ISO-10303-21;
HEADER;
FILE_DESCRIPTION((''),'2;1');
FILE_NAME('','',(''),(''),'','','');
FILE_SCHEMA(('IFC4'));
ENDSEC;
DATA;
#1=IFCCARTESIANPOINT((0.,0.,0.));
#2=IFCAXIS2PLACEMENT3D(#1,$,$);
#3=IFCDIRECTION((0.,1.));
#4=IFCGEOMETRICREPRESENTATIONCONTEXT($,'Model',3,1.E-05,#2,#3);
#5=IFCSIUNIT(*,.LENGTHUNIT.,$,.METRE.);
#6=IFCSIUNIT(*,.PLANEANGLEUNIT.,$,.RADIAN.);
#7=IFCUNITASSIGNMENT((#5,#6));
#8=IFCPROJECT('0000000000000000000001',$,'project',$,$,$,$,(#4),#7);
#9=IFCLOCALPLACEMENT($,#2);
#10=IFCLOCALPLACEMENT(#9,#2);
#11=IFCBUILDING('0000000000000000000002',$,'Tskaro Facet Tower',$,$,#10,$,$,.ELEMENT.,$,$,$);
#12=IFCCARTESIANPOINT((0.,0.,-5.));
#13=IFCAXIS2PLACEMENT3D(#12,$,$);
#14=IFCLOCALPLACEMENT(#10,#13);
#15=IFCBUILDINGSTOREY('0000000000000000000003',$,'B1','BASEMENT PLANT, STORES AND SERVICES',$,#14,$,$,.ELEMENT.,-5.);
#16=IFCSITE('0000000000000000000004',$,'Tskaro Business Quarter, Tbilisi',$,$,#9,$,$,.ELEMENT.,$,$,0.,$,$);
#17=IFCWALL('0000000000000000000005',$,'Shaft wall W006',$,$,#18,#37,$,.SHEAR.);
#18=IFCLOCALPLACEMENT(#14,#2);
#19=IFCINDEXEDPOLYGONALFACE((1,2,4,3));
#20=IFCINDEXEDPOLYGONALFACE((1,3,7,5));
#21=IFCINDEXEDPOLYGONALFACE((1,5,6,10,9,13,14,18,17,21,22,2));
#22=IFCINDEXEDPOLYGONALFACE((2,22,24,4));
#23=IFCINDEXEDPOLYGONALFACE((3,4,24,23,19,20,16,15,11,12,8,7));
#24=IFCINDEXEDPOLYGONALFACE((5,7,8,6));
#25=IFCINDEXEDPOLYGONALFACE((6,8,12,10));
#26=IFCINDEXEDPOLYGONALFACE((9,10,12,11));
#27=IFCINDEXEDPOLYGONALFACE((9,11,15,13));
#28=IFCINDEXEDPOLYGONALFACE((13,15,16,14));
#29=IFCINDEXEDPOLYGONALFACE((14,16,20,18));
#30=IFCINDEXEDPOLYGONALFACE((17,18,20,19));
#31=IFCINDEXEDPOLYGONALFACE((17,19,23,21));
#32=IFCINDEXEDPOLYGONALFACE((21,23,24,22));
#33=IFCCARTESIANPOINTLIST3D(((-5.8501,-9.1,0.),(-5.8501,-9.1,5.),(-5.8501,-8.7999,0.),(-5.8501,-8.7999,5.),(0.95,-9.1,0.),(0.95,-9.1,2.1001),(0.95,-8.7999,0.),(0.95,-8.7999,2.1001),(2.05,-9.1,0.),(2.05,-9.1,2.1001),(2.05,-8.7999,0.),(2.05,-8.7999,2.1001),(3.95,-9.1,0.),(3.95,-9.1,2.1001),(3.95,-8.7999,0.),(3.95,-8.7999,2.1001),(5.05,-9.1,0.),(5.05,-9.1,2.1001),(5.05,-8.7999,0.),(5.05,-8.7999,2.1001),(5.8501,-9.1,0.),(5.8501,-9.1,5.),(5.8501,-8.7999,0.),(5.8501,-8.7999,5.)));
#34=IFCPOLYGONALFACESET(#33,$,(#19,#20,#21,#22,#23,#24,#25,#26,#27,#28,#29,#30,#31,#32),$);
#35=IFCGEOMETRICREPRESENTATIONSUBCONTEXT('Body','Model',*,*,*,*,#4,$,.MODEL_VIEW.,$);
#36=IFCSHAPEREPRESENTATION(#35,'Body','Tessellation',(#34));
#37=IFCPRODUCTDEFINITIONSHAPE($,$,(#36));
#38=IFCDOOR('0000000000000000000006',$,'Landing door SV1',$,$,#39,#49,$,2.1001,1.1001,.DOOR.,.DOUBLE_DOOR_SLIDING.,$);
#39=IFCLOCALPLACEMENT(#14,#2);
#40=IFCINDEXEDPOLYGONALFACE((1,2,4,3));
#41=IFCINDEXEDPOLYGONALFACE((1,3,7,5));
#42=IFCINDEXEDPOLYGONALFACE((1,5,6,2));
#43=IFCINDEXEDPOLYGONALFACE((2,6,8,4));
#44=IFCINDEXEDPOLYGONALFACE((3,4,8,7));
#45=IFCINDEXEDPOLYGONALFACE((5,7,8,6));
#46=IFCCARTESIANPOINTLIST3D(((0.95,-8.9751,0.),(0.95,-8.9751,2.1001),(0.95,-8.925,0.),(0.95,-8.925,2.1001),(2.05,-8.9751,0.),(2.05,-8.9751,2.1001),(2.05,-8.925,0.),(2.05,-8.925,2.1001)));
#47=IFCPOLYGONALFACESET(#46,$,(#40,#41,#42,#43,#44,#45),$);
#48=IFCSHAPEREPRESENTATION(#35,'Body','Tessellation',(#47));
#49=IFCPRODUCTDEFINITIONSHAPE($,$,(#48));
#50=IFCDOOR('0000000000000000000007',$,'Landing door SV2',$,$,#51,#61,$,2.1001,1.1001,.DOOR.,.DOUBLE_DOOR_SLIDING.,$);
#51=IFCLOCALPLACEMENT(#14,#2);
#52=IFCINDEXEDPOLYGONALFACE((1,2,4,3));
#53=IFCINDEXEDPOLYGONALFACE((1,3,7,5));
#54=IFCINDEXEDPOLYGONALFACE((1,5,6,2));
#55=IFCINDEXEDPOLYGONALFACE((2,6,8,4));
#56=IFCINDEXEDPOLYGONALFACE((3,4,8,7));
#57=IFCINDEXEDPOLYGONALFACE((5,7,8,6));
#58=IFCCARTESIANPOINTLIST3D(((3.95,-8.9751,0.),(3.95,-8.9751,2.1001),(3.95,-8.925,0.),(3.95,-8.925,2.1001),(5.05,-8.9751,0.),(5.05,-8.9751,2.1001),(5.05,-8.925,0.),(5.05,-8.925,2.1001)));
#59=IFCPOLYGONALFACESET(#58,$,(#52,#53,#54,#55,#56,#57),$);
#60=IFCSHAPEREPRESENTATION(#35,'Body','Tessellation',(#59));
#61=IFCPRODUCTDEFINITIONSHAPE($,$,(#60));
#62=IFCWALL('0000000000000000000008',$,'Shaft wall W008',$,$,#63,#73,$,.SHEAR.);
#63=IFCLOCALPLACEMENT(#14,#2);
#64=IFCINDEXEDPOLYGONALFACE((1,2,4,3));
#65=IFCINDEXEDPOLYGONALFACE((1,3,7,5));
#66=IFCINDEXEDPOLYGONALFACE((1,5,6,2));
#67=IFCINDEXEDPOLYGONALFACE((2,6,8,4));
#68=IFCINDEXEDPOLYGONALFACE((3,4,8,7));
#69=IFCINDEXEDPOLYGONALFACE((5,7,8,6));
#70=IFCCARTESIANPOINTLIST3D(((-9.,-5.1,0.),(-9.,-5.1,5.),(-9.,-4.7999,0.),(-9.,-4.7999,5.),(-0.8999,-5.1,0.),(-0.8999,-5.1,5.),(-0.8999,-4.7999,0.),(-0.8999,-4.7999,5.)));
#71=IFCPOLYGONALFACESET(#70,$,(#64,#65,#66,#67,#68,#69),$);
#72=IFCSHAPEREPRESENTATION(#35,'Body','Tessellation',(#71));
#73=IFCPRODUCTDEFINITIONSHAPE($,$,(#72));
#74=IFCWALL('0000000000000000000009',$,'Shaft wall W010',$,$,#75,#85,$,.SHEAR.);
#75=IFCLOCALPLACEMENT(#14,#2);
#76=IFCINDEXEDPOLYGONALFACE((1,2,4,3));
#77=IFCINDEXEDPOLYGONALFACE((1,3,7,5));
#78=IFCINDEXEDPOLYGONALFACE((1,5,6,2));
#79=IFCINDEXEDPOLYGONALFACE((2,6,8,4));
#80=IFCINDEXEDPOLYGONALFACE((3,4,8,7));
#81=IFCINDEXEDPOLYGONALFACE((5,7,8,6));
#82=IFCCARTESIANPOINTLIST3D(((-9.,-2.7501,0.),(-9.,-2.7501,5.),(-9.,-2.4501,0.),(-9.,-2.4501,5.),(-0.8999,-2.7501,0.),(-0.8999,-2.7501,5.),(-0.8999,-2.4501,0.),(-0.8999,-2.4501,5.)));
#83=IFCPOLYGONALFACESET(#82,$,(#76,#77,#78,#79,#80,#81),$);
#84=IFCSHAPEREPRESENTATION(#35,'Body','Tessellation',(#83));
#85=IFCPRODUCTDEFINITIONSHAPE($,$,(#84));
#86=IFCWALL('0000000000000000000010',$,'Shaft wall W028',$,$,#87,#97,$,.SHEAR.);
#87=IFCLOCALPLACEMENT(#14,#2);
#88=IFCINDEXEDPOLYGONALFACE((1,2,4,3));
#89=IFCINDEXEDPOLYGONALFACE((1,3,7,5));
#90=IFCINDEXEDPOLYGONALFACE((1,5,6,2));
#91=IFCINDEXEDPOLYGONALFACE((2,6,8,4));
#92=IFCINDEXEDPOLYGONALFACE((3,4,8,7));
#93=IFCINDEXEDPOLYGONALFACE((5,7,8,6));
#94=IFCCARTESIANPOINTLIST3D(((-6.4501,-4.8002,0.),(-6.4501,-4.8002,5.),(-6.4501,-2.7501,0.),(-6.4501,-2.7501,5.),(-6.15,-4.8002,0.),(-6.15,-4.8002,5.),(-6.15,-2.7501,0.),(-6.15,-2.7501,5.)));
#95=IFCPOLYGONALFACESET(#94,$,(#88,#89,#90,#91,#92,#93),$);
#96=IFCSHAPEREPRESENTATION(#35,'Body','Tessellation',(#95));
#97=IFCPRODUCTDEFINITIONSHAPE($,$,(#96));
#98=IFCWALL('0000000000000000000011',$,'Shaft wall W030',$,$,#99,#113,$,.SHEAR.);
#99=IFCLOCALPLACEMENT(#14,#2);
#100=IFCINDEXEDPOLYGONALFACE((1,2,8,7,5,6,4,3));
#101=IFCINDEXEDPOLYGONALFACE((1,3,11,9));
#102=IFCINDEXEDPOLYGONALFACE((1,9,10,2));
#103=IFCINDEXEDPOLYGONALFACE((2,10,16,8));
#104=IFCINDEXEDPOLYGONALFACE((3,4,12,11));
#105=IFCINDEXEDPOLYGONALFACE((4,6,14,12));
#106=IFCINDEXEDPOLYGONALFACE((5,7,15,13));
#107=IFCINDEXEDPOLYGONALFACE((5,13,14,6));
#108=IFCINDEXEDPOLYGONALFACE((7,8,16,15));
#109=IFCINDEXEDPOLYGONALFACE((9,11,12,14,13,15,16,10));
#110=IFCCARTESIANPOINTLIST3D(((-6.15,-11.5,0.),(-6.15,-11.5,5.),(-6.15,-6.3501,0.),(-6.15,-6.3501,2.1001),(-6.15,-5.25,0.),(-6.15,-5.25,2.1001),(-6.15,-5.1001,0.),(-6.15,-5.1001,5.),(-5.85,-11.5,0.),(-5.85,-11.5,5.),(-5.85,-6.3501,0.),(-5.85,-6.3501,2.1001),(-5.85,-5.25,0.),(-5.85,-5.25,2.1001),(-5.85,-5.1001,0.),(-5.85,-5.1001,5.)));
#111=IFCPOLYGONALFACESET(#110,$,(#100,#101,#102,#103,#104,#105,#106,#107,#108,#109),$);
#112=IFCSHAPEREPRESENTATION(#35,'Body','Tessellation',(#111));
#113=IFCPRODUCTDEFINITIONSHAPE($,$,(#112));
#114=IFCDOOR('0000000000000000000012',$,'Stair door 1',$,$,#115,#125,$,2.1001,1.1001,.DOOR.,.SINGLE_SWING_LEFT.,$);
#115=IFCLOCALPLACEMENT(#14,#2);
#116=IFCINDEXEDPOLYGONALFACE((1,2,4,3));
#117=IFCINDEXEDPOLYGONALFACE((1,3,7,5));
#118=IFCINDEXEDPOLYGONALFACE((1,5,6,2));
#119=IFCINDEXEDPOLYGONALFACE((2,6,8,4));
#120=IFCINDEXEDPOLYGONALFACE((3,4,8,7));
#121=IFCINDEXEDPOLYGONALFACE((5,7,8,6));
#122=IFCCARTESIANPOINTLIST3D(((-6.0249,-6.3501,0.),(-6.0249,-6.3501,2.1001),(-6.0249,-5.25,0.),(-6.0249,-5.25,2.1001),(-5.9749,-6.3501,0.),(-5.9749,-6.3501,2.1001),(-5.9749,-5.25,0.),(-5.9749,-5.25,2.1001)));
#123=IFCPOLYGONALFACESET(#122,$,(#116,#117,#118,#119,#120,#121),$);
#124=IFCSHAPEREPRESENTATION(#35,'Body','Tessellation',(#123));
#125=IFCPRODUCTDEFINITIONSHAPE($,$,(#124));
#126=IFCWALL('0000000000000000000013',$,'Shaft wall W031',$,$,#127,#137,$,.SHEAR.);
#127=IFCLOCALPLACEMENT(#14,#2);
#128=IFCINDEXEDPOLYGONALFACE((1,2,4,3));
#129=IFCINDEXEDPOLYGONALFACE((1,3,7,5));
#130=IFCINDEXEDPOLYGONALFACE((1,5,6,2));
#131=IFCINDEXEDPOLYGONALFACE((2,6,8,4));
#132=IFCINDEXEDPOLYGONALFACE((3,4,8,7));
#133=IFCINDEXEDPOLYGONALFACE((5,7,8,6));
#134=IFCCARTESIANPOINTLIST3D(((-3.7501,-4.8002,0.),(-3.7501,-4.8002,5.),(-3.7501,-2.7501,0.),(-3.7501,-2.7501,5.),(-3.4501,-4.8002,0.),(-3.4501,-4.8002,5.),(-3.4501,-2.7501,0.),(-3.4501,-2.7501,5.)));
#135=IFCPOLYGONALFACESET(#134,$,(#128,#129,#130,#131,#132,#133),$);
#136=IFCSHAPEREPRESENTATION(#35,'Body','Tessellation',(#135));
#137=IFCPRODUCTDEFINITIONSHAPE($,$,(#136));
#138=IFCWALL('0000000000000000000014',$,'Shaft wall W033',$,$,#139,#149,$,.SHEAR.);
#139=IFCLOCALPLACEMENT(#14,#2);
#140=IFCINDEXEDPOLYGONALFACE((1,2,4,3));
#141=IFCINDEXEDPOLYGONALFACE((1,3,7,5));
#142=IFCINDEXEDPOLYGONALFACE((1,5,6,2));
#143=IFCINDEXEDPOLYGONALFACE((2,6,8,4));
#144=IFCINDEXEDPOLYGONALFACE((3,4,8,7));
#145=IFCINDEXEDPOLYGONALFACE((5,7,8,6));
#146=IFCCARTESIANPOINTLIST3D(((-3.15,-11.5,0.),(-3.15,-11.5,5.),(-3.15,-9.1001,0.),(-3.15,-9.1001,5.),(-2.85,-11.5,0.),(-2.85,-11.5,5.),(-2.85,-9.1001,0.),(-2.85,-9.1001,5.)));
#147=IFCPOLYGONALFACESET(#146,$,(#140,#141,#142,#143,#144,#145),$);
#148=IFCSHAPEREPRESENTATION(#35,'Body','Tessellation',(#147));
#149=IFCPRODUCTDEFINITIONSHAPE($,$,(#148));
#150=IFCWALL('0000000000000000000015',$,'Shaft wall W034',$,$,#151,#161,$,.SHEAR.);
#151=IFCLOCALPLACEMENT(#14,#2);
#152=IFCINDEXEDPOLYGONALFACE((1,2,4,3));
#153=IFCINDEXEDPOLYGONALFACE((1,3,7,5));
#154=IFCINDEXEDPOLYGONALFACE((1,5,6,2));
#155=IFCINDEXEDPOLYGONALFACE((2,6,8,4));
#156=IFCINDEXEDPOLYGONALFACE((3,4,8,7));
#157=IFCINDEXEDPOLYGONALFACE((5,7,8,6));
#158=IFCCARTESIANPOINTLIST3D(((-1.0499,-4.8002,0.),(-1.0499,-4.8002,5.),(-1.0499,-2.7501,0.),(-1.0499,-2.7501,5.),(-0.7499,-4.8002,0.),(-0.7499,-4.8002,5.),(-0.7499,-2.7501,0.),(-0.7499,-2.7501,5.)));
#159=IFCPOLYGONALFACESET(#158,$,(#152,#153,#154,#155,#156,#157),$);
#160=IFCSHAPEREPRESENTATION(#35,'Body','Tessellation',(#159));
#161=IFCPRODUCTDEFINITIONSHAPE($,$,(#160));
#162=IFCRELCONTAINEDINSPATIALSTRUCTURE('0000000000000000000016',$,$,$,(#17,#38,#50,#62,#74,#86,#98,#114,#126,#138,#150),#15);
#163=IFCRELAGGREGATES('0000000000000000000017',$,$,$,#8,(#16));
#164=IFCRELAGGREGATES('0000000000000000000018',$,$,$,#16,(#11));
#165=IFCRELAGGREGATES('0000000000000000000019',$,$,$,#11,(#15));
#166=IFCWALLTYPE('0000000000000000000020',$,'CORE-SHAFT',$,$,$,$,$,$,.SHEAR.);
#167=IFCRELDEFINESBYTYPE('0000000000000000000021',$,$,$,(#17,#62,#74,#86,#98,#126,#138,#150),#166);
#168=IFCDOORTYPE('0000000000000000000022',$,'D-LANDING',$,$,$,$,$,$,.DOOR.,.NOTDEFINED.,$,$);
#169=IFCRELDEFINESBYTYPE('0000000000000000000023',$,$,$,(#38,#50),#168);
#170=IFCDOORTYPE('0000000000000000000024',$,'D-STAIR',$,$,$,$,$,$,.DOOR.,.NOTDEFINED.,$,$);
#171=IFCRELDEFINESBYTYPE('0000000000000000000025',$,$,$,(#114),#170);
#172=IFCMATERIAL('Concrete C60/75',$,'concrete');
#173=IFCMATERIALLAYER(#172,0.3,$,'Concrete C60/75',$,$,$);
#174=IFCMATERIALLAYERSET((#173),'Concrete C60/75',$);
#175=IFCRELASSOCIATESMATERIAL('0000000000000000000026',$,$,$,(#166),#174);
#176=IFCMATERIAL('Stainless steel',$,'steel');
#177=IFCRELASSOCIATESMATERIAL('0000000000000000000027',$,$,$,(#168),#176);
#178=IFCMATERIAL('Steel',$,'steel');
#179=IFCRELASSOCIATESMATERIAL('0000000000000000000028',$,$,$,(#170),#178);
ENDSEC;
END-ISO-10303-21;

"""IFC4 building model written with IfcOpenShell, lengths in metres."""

from ifc_helpers import new_model, si_unit, direction, frame, frame_2d, origin, place, context, subcontext, project, spatial, rectangle, extrude, material, layer, layer_set, type_object, element, fill, save


model = new_model("IFC4")

# Units and contexts
model_context = context("Model", 3, precision=1e-05, world=origin(), true_north=direction((0.0, 1.0)))
body_context = subcontext(model_context, "Body", "Model", "MODEL_VIEW")
ifc_project = project(units=[si_unit("LENGTHUNIT", "METRE"), si_unit("PLANEANGLEUNIT", "RADIAN")], contexts=[model_context])

# Site, building, storey
site_placement = place(None, origin())
site = spatial("IfcSite", under=ifc_project, at=site_placement, Name="Tskaro Business Quarter, Tbilisi", CompositionType="ELEMENT", RefElevation=0.0)
building_placement = place(site_placement, origin())
building = spatial("IfcBuilding", under=site, at=building_placement, Name="Tskaro Facet Tower", CompositionType="ELEMENT")
storey_placement = place(building_placement, frame((0.0, 0.0, -5.0)))
storey = spatial("IfcBuildingStorey", under=building, at=storey_placement, Name="B1", Description="BASEMENT PLANT, STORES AND SERVICES", CompositionType="ELEMENT", Elevation=-5.0)

# Shared definitions
ifc_material_1 = material(Name="Concrete C60/75", Category="concrete")
ifc_layer_1 = layer(ifc_material_1, 0.3, Name="Concrete C60/75")
ifc_layer_set_1 = layer_set([ifc_layer_1], Name="Concrete C60/75")
wall_type_1 = type_object("IfcWallType", Name="CORE-SHAFT", PredefinedType="SHEAR", material=ifc_layer_set_1)

# Wall, openings, doors
wall_1_placement = place(storey_placement, frame((-5.8501, -8.95, 0.0), z_axis=(0.0, 0.0, 1.0), x_axis=(1.0, 0.0, 0.0)))
wall_1 = element("IfcWall", 1, at=wall_1_placement, inside=storey, type_object=wall_type_1, Name="Shaft wall W006", PredefinedType="SHEAR", context=body_context, shape_type="SweptSolid", body=[
    extrude(rectangle(XDim=11.7002, YDim=0.3, at=frame_2d((5.8501, 0.0))), origin(), (0.0, 0.0, 1.0), 5.0),
])
opening_1_placement = place(wall_1_placement, frame((6.8, 0.0, 0.0)))
opening_1 = element("IfcOpeningElement", 2, at=opening_1_placement, cuts=wall_1, PredefinedType="OPENING", context=body_context, shape_type="SweptSolid", body=[
    extrude(rectangle(XDim=1.1001, YDim=2.1001, at=frame_2d((0.55, 1.05))), frame((0.0, 0.1599, 0.0), z_axis=(0.0, -1.0, 0.0), x_axis=(1.0, 0.0, 0.0)), (0.0, 0.0, 1.0), 0.3201),
])
opening_2_placement = place(wall_1_placement, frame((9.8, 0.0, 0.0)))
opening_2 = element("IfcOpeningElement", 3, at=opening_2_placement, cuts=wall_1, PredefinedType="OPENING", context=body_context, shape_type="SweptSolid", body=[
    extrude(rectangle(XDim=1.1001, YDim=2.1001, at=frame_2d((0.55, 1.05))), frame((0.0, 0.1599, 0.0), z_axis=(0.0, -1.0, 0.0), x_axis=(1.0, 0.0, 0.0)), (0.0, 0.0, 1.0), 0.3201),
])
ifc_material_2 = material(Name="Stainless steel", Category="steel")
door_type_1 = type_object("IfcDoorType", Name="D-LANDING", OperationType="NOTDEFINED", PredefinedType="DOOR", material=ifc_material_2)
door_1_placement = place(opening_1_placement, origin())
door_1 = element("IfcDoor", 4, at=door_1_placement, inside=storey, type_object=door_type_1, Name="Landing door SV1", OperationType="DOUBLE_DOOR_SLIDING", OverallHeight=2.1001, OverallWidth=1.1001, PredefinedType="DOOR", context=body_context, shape_type="SweptSolid", body=[
    extrude(rectangle(XDim=1.1001, YDim=2.1001, at=frame_2d((0.55, 1.05))), frame((0.0, 0.0249, 0.0), z_axis=(0.0, -1.0, 0.0), x_axis=(1.0, 0.0, 0.0)), (0.0, 0.0, 1.0), 0.05),
])
fill(opening_1, door_1)
door_2_placement = place(opening_2_placement, origin())
door_2 = element("IfcDoor", 5, at=door_2_placement, inside=storey, type_object=door_type_1, Name="Landing door SV2", OperationType="DOUBLE_DOOR_SLIDING", OverallHeight=2.1001, OverallWidth=1.1001, PredefinedType="DOOR", context=body_context, shape_type="SweptSolid", body=[
    extrude(rectangle(XDim=1.1001, YDim=2.1001, at=frame_2d((0.55, 1.05))), frame((0.0, 0.0249, 0.0), z_axis=(0.0, -1.0, 0.0), x_axis=(1.0, 0.0, 0.0)), (0.0, 0.0, 1.0), 0.05),
])
fill(opening_2, door_2)

# Walls
for number, where, z_axis, x_axis, name in (
    (6, (-9.0, -4.95, 0.0), (0.0, 0.0, 1.0), (1.0, 0.0, 0.0), "Shaft wall W008"),
    (7, (-9.0, -2.6001, 0.0), (0.0, 0.0, 1.0), (1.0, 0.0, 0.0), "Shaft wall W010"),
):
    element("IfcWall", number, at=place(storey_placement, frame(where, z_axis=z_axis, x_axis=x_axis)), inside=storey, type_object=wall_type_1, Name=name, PredefinedType="SHEAR", context=body_context, shape_type="SweptSolid", body=[
        extrude(rectangle(XDim=8.1001, YDim=0.3, at=frame_2d((4.05, 0.0))), origin(), (0.0, 0.0, 1.0), 5.0),
    ])
wall_2_placement = place(storey_placement, frame((-6.3, -4.8, 0.0), z_axis=(0.0, 0.0, 1.0), x_axis=(0.0, 1.0, 0.0)))
element("IfcWall", 8, at=wall_2_placement, inside=storey, type_object=wall_type_1, Name="Shaft wall W028", PredefinedType="SHEAR", context=body_context, shape_type="SweptSolid", body=[
    extrude(rectangle(XDim=2.05, YDim=0.3, at=frame_2d((1.0249, 0.0))), origin(), (0.0, 0.0, 1.0), 5.0),
])

# Wall, opening, door
wall_3_placement = place(storey_placement, frame((-6.0, -11.5, 0.0), z_axis=(0.0, 0.0, 1.0), x_axis=(0.0, 1.0, 0.0)))
wall_3 = element("IfcWall", 9, at=wall_3_placement, inside=storey, type_object=wall_type_1, Name="Shaft wall W030", PredefinedType="SHEAR", context=body_context, shape_type="SweptSolid", body=[
    extrude(rectangle(XDim=6.3999, YDim=0.3, at=frame_2d((3.2, 0.0))), origin(), (0.0, 0.0, 1.0), 5.0),
])
opening_3_placement = place(wall_3_placement, frame((5.1499, 0.0, 0.0)))
opening_3 = element("IfcOpeningElement", 10, at=opening_3_placement, cuts=wall_3, PredefinedType="OPENING", context=body_context, shape_type="SweptSolid", body=[
    extrude(rectangle(XDim=1.1001, YDim=2.1001, at=frame_2d((0.55, 1.05))), frame((0.0, 0.1599, 0.0), z_axis=(0.0, -1.0, 0.0), x_axis=(1.0, 0.0, 0.0)), (0.0, 0.0, 1.0), 0.3201),
])
ifc_material_3 = material(Name="Steel", Category="steel")
door_type_2 = type_object("IfcDoorType", Name="D-STAIR", OperationType="NOTDEFINED", PredefinedType="DOOR", material=ifc_material_3)
door_3_placement = place(opening_3_placement, origin())
door_3 = element("IfcDoor", 11, at=door_3_placement, inside=storey, type_object=door_type_2, Name="Stair door 1", OperationType="SINGLE_SWING_LEFT", OverallHeight=2.1001, OverallWidth=1.1001, PredefinedType="DOOR", context=body_context, shape_type="SweptSolid", body=[
    extrude(rectangle(XDim=1.1001, YDim=2.1001, at=frame_2d((0.55, 1.05))), frame((0.0, 0.0249, 0.0), z_axis=(0.0, -1.0, 0.0), x_axis=(1.0, 0.0, 0.0)), (0.0, 0.0, 1.0), 0.05),
])
fill(opening_3, door_3)

# Walls
wall_4_placement = place(storey_placement, frame((-3.6001, -4.8, 0.0), z_axis=(0.0, 0.0, 1.0), x_axis=(0.0, 1.0, 0.0)))
element("IfcWall", 12, at=wall_4_placement, inside=storey, type_object=wall_type_1, Name="Shaft wall W031", PredefinedType="SHEAR", context=body_context, shape_type="SweptSolid", body=[
    extrude(rectangle(XDim=2.05, YDim=0.3, at=frame_2d((1.0249, 0.0))), origin(), (0.0, 0.0, 1.0), 5.0),
])
wall_5_placement = place(storey_placement, frame((-3.0, -11.5, 0.0), z_axis=(0.0, 0.0, 1.0), x_axis=(0.0, 1.0, 0.0)))
element("IfcWall", 13, at=wall_5_placement, inside=storey, type_object=wall_type_1, Name="Shaft wall W033", PredefinedType="SHEAR", context=body_context, shape_type="SweptSolid", body=[
    extrude(rectangle(XDim=2.3999, YDim=0.3, at=frame_2d((1.2, 0.0))), origin(), (0.0, 0.0, 1.0), 5.0),
])
wall_6_placement = place(storey_placement, frame((-0.8999, -4.8, 0.0), z_axis=(0.0, 0.0, 1.0), x_axis=(0.0, 1.0, 0.0)))
element("IfcWall", 14, at=wall_6_placement, inside=storey, type_object=wall_type_1, Name="Shaft wall W034", PredefinedType="SHEAR", context=body_context, shape_type="SweptSolid", body=[
    extrude(rectangle(XDim=2.05, YDim=0.3, at=frame_2d((1.0249, 0.0))), origin(), (0.0, 0.0, 1.0), 5.0),
])

save(model, "model.ifc")
